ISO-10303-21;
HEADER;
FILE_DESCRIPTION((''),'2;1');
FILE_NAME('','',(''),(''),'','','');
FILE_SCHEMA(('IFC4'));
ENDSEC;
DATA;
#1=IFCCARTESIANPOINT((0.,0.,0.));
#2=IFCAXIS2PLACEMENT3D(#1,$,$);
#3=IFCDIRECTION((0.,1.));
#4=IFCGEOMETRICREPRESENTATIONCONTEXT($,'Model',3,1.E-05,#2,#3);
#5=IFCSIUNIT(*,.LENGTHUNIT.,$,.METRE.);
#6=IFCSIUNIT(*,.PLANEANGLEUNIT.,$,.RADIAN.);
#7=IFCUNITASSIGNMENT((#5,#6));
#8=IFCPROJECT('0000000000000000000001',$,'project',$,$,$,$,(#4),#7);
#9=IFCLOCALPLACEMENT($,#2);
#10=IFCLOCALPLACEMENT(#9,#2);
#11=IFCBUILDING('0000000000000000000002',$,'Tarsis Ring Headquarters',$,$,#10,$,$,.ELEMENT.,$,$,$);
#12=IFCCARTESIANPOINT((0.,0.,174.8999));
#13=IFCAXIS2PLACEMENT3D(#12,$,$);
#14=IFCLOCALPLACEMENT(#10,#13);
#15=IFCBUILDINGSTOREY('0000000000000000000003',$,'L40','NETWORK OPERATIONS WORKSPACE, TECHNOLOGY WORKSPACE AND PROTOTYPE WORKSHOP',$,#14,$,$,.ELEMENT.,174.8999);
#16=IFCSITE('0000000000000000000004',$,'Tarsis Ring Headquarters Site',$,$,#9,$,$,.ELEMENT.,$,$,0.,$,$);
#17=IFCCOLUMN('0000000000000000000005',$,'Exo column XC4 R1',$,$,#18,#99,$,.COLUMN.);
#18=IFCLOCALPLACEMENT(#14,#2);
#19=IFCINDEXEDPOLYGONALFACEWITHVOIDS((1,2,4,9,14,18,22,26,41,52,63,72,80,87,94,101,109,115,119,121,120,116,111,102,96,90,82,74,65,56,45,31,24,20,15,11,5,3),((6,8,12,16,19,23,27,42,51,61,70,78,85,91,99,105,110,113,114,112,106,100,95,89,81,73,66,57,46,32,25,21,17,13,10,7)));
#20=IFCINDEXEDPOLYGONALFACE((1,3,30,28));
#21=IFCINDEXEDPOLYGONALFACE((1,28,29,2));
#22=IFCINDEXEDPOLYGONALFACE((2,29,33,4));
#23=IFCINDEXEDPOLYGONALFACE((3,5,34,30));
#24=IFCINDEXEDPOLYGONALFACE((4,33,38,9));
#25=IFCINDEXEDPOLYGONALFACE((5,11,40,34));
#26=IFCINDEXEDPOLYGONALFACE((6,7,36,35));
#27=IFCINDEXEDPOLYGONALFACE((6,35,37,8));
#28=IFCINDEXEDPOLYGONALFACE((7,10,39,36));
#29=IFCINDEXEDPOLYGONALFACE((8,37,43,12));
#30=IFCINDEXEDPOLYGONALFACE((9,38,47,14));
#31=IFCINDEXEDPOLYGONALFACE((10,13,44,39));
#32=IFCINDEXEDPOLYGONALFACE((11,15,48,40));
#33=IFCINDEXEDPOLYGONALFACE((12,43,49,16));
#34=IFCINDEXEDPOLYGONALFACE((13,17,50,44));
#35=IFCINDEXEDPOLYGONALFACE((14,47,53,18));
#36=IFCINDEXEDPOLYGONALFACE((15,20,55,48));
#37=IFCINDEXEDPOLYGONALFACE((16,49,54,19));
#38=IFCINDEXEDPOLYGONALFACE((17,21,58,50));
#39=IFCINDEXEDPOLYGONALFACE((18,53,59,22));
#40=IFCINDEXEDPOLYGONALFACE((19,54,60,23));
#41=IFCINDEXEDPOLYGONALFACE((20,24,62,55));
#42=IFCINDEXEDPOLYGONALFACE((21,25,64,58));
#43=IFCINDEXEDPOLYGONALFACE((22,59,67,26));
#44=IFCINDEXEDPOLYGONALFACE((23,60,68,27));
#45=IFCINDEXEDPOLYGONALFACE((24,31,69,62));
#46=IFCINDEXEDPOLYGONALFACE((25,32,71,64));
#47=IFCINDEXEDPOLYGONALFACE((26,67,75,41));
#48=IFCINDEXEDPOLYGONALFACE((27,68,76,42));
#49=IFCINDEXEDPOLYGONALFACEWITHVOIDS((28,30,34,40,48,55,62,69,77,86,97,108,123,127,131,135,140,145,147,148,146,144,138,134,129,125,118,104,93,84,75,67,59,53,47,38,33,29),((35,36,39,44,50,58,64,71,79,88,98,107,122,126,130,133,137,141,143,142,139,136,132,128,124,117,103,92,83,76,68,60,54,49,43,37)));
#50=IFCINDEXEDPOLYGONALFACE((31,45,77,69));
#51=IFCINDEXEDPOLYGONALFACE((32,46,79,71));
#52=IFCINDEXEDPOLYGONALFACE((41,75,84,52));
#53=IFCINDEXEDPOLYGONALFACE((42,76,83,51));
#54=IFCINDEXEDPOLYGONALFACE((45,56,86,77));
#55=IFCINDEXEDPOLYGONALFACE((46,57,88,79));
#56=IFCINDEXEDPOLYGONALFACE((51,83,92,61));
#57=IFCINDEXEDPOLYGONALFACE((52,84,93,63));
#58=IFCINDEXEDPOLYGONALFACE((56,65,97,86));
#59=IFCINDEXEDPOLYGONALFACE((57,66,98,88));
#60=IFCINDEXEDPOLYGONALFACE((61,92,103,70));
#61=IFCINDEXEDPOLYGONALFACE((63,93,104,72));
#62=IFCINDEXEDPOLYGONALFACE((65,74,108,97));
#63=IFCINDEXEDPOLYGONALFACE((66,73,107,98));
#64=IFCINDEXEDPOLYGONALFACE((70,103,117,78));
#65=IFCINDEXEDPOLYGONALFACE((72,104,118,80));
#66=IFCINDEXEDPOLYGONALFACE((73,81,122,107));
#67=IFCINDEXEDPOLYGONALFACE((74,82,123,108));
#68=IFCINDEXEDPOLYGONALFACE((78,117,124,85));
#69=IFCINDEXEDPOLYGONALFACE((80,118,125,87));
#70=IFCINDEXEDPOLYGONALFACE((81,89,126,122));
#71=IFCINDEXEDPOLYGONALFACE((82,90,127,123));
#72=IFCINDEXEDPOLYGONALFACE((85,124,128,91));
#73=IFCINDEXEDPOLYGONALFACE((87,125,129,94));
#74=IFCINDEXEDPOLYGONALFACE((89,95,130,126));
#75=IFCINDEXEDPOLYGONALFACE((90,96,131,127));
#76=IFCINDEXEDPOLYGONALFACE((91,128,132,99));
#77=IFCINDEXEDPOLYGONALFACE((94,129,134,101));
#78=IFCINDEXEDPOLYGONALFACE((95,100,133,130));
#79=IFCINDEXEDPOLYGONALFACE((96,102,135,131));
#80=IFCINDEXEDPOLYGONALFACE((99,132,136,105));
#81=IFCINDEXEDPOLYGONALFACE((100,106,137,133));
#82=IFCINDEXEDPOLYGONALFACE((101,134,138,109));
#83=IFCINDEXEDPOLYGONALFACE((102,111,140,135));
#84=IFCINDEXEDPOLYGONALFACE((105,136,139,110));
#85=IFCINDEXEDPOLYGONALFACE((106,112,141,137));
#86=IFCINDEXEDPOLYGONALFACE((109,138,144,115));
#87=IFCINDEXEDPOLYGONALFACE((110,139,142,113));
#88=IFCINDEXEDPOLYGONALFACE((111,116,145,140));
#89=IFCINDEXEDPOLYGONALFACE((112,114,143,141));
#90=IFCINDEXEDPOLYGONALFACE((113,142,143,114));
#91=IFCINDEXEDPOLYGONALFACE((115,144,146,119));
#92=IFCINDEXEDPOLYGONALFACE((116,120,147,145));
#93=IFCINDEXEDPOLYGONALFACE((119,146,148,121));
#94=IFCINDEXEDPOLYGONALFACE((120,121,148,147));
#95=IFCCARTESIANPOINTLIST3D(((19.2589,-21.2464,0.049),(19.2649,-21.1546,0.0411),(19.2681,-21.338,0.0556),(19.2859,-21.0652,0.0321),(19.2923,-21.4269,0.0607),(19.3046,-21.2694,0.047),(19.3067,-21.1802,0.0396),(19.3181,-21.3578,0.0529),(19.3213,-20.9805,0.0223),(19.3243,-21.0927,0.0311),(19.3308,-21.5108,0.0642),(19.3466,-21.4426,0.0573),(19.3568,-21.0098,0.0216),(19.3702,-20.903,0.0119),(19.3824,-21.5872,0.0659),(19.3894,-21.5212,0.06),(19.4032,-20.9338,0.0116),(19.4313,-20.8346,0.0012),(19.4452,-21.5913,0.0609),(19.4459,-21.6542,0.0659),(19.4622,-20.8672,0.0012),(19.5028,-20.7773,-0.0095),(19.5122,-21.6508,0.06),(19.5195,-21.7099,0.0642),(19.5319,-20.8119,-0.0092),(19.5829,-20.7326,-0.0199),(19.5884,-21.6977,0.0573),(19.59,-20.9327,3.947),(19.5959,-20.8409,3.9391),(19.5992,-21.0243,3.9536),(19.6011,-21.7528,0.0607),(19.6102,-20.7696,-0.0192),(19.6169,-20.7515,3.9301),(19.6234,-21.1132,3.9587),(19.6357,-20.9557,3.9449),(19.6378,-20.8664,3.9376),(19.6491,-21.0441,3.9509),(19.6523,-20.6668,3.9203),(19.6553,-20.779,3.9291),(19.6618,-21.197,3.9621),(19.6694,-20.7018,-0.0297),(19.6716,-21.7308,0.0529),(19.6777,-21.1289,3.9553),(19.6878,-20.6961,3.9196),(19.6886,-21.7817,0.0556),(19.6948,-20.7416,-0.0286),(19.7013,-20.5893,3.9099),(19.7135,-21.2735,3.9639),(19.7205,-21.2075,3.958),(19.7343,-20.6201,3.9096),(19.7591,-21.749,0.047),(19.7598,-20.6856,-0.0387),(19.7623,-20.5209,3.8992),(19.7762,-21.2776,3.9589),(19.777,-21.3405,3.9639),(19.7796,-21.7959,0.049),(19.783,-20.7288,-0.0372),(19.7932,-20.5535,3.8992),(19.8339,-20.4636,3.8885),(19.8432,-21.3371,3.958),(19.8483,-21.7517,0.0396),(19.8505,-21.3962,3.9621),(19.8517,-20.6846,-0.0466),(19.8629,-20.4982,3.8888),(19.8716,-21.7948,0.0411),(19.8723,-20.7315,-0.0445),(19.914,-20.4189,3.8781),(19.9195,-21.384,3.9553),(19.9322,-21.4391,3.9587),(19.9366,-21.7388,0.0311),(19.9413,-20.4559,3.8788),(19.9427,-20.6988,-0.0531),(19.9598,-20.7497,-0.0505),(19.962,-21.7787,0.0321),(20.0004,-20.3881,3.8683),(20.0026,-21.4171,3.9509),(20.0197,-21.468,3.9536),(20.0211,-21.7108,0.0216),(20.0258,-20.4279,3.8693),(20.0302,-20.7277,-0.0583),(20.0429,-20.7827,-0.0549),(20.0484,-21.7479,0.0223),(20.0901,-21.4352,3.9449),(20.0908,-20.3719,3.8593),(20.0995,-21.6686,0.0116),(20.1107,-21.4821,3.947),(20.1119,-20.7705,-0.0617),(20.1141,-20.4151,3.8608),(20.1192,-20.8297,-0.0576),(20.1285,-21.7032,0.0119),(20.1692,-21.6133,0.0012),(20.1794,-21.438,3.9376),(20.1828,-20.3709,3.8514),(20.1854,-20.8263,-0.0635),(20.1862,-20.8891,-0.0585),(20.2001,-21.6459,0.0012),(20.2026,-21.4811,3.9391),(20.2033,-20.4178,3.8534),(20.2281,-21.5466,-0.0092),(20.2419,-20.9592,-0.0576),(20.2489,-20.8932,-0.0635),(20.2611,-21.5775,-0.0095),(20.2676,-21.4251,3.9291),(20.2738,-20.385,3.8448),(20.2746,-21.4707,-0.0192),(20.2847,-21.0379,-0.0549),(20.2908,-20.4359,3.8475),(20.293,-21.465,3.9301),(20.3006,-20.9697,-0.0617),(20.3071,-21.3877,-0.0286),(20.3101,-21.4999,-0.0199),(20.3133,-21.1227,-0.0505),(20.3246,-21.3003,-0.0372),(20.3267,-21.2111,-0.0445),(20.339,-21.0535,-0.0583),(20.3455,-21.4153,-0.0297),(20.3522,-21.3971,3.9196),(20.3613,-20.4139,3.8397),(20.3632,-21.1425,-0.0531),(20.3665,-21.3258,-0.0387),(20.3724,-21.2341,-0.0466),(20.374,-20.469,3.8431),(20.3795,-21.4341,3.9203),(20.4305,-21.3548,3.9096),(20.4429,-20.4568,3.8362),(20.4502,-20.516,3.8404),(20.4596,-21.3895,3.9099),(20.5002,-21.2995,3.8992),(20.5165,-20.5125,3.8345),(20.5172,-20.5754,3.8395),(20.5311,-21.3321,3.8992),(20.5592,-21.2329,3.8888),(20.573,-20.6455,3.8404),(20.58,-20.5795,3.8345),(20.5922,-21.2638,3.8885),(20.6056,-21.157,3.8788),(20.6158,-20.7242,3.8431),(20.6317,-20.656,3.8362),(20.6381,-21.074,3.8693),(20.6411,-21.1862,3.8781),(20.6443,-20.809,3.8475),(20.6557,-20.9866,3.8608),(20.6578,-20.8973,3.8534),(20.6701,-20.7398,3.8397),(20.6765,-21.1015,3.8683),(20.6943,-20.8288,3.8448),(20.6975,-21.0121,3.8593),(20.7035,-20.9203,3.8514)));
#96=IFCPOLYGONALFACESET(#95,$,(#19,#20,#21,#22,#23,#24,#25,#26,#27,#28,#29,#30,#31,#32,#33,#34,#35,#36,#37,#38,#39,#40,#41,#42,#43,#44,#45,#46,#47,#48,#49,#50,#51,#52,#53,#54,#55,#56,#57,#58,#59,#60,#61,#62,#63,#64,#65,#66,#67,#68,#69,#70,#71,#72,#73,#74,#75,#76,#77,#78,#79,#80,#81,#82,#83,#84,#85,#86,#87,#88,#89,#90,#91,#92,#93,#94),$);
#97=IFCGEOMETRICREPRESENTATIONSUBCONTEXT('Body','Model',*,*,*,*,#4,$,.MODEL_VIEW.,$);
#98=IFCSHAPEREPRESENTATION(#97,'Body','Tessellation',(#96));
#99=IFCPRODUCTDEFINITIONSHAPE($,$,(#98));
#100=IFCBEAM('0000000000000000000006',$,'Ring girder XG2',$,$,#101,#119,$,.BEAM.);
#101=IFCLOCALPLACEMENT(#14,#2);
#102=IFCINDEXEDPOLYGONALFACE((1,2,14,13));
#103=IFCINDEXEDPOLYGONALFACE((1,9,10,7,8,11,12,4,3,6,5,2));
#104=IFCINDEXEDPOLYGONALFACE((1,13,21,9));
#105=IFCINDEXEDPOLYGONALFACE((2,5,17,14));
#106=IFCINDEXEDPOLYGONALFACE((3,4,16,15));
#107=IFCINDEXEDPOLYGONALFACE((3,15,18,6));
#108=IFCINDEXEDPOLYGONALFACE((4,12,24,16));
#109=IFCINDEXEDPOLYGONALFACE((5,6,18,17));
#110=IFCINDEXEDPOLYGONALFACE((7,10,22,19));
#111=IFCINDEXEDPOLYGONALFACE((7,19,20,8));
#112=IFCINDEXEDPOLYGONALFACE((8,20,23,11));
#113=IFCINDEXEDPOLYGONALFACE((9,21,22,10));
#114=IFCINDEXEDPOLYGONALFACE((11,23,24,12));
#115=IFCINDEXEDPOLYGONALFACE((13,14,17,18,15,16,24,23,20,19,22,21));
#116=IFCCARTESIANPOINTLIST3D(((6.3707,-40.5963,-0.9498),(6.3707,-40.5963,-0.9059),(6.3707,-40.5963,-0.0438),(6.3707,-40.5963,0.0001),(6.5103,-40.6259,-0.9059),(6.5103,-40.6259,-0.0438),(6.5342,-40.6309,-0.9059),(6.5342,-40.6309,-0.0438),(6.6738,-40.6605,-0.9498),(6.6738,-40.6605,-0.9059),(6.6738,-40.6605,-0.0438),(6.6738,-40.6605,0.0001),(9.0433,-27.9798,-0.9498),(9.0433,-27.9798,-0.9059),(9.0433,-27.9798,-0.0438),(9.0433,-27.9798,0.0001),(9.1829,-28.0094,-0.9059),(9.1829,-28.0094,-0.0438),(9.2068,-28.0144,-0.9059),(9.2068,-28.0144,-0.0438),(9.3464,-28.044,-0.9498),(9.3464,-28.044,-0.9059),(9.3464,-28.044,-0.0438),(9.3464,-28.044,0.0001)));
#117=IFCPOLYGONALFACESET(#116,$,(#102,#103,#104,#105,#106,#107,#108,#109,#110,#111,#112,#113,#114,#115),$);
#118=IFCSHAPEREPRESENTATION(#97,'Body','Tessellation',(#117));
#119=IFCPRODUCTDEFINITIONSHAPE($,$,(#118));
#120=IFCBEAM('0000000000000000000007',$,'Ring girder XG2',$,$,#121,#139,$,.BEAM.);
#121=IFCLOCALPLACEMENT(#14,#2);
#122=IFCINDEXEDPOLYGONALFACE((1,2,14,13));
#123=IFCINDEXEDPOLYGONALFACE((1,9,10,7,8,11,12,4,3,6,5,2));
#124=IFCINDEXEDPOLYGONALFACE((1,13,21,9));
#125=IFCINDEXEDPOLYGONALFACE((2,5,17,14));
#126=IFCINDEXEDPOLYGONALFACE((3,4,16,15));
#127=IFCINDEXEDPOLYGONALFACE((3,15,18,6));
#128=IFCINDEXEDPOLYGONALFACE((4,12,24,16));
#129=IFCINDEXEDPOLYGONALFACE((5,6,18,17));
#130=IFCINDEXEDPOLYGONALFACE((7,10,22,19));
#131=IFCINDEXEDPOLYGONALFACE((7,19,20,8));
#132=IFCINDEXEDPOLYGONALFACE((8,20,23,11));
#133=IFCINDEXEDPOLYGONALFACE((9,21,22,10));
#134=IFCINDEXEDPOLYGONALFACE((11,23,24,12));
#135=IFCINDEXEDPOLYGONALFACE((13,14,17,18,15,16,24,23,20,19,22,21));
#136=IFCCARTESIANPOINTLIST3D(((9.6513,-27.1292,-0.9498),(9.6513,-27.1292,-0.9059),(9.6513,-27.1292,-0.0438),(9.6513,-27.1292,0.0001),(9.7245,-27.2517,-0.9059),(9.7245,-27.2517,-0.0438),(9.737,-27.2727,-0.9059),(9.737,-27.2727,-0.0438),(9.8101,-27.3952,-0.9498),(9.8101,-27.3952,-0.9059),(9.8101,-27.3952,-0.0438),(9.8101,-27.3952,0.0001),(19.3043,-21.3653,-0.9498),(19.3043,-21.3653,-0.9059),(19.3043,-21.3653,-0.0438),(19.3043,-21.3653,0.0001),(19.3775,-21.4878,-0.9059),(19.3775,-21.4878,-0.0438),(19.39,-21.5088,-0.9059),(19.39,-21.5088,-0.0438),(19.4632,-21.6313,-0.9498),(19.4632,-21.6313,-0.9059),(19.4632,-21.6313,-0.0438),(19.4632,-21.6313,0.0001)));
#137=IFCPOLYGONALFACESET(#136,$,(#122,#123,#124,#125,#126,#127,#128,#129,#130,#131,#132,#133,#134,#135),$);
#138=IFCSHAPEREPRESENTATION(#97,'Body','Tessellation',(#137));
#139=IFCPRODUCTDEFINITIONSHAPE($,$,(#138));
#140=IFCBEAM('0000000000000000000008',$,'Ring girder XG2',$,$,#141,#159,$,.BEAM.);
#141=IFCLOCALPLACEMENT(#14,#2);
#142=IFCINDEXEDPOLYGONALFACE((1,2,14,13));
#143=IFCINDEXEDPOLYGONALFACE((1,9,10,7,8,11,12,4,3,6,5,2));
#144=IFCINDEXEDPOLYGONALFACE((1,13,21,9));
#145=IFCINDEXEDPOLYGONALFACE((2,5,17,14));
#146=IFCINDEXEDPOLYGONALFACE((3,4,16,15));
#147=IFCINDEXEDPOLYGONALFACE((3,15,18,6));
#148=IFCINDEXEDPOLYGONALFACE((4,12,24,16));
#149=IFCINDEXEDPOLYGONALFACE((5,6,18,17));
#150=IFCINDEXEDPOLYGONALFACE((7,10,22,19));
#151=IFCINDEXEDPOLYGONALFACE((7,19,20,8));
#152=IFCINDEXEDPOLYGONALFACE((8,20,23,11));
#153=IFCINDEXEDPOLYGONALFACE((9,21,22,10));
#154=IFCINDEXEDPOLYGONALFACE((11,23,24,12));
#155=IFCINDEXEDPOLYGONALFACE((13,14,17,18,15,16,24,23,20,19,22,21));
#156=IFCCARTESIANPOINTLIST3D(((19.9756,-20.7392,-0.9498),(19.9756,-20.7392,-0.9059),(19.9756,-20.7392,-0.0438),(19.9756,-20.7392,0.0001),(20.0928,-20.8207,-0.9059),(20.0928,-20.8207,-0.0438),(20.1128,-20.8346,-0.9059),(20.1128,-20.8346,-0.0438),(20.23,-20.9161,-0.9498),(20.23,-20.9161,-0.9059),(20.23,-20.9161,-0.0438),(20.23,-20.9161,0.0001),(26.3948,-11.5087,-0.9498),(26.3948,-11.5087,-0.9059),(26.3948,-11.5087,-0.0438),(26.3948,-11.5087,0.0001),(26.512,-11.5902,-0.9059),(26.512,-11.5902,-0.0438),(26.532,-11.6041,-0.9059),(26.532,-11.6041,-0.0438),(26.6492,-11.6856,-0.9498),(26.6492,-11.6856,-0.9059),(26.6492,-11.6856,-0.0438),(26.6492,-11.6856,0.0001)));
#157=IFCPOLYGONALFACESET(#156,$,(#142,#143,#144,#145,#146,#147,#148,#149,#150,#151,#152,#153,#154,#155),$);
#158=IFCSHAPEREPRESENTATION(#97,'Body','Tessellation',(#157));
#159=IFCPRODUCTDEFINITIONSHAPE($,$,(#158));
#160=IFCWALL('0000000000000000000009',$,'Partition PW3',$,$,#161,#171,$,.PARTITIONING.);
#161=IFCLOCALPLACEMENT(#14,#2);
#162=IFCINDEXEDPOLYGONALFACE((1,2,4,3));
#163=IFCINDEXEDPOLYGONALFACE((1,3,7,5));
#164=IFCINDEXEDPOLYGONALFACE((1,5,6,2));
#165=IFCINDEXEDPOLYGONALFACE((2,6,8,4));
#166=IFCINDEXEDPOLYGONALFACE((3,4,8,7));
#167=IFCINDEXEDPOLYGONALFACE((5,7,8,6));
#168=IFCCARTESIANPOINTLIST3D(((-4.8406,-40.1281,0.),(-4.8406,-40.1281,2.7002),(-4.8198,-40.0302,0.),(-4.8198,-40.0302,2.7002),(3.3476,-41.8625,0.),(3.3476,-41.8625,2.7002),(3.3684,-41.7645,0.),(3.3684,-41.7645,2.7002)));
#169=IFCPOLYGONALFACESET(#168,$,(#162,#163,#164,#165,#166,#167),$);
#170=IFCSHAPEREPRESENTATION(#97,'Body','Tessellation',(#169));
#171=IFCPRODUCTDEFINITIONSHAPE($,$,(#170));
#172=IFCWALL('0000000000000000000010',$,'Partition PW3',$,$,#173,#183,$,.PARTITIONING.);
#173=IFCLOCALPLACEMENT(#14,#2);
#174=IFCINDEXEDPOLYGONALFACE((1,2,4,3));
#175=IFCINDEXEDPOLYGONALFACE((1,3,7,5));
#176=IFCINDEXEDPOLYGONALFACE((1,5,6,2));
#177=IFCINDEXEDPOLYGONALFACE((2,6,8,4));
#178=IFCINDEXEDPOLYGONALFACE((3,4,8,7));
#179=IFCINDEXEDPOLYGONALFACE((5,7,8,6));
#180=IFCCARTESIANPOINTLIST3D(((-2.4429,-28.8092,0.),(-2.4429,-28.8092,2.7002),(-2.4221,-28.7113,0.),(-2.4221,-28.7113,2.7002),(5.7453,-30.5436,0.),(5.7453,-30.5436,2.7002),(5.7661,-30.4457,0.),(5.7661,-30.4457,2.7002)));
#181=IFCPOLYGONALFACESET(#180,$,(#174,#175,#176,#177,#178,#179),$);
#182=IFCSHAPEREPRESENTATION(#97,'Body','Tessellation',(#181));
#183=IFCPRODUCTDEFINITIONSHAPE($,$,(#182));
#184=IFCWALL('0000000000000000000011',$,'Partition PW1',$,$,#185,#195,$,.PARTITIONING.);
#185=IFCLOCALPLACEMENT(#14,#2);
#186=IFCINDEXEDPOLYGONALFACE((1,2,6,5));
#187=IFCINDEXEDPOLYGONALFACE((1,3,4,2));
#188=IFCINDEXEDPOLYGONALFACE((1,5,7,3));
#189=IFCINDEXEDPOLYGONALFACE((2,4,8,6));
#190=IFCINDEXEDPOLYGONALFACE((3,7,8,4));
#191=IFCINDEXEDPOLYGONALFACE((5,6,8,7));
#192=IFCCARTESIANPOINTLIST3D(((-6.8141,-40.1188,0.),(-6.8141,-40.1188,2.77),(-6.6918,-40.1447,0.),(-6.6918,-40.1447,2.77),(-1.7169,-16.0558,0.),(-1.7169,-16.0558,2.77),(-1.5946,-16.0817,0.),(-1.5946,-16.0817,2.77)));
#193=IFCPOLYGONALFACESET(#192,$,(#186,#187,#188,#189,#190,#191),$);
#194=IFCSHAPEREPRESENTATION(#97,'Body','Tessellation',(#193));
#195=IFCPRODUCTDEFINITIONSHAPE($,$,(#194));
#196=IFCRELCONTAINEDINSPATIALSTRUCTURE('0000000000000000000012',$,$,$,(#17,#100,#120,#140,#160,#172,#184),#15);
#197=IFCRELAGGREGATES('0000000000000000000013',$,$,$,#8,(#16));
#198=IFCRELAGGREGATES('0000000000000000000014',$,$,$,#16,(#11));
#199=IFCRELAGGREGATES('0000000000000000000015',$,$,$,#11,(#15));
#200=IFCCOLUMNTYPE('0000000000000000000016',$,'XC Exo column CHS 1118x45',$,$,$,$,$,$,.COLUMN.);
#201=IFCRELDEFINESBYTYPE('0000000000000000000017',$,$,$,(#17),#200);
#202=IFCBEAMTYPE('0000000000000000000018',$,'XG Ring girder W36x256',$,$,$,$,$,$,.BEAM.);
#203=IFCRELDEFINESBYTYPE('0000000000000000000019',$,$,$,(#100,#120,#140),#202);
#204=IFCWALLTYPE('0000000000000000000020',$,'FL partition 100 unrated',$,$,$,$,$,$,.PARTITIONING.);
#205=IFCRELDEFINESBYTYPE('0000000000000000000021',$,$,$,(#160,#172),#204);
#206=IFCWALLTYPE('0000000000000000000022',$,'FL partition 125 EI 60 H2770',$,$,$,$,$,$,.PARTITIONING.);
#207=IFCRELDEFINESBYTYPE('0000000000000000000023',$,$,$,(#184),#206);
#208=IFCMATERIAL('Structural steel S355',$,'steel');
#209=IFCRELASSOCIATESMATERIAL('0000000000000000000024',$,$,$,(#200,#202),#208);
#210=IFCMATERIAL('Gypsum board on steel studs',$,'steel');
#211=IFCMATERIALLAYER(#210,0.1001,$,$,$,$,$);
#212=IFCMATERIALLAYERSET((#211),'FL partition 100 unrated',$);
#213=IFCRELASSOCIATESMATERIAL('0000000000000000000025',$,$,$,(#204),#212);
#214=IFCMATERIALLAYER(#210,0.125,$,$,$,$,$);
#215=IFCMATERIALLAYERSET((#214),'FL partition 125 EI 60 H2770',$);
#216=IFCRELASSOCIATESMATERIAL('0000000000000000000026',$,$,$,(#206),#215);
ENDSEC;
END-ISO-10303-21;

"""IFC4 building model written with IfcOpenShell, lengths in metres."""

from ifc_helpers import new_model, si_unit, direction, frame, frame_2d, origin, origin_2d, place, context, subcontext, project, spatial, rectangle, hollow_circle, i_section, extrude, material, layer, layer_set, material_profile, profile_set, type_object, element, save


model = new_model("IFC4")

# Units and contexts
model_context = context("Model", 3, precision=1e-05, world=origin(), true_north=direction((0.0, 1.0)))
body_context = subcontext(model_context, "Body", "Model", "MODEL_VIEW")
ifc_project = project(units=[si_unit("LENGTHUNIT", "METRE"), si_unit("PLANEANGLEUNIT", "RADIAN")], contexts=[model_context])

# Site, building, storey
site_placement = place(None, origin())
site = spatial("IfcSite", under=ifc_project, at=site_placement, Name="Tarsis Ring Headquarters Site", CompositionType="ELEMENT", RefElevation=0.0)
building_placement = place(site_placement, origin())
building = spatial("IfcBuilding", under=site, at=building_placement, Name="Tarsis Ring Headquarters", CompositionType="ELEMENT")
storey_placement = place(building_placement, frame((0.0, 0.0, 174.8999)))
storey = spatial("IfcBuildingStorey", under=building, at=storey_placement, Name="L40", Description="NETWORK OPERATIONS WORKSPACE, TECHNOLOGY WORKSPACE AND PROTOTYPE WORKSHOP", CompositionType="ELEMENT", Elevation=174.8999)

# Column
ifc_material_1 = material(Name="Structural steel S355", Category="steel")
ifc_material_profile_1 = material_profile(ifc_material_1, hollow_circle(Radius=0.5588, WallThickness=0.0449, at=origin_2d()), Name="CHS 1118x45")
ifc_profile_set_1 = profile_set([ifc_material_profile_1], Name="Structural steel S355")
column_type = type_object("IfcColumnType", Name="XC Exo column CHS 1118x45", PredefinedType="COLUMN", material=ifc_profile_set_1)
for number, where, z_axis, x_axis, name in (
    (1, (19.8157, -21.2402, 0.0012), (0.084355, 0.079938, 0.993224), (-0.687849, 0.725854, 0.0), "Exo column XC4 R1"),
):
    element("IfcColumn", number, at=place(storey_placement, frame(where, z_axis=z_axis, x_axis=x_axis)), inside=storey, type_object=column_type, Name=name, PredefinedType="COLUMN", context=body_context, shape_type="SweptSolid", body=[
        extrude(hollow_circle(Radius=0.5588, WallThickness=0.0449, at=origin_2d()), origin(), (0.0, 0.0, 1.0), 3.9246),
    ])

# Beams
ifc_material_profile_2 = material_profile(ifc_material_1, i_section(OverallWidth=0.3098, OverallDepth=0.95, WebThickness=0.0244, FlangeThickness=0.0439, at=origin_2d()), Name="W36x256")
ifc_profile_set_2 = profile_set([ifc_material_profile_2], Name="Structural steel S355")
beam_type = type_object("IfcBeamType", Name="XG Ring girder W36x256", PredefinedType="BEAM", material=ifc_profile_set_2)
beam_1_placement = place(storey_placement, frame((6.5222, -40.6284, -0.4749), z_axis=(0.207236, 0.978291, 0.0), x_axis=(-0.978291, 0.207236, 0.0)))
element("IfcBeam", 2, at=beam_1_placement, inside=storey, type_object=beam_type, Name="Ring girder XG2", PredefinedType="BEAM", context=body_context, shape_type="SweptSolid", body=[
    extrude(i_section(OverallWidth=0.3098, OverallDepth=0.95, WebThickness=0.0244, FlangeThickness=0.0439, at=origin_2d()), origin(), (0.0, 0.0, 1.0), 12.8965),
])
beam_2_placement = place(storey_placement, frame((9.7307, -27.2622, -0.4749), z_axis=(0.858587, 0.512668, 0.0), x_axis=(-0.512668, 0.858587, 0.0)))
element("IfcBeam", 3, at=beam_2_placement, inside=storey, type_object=beam_type, Name="Ring girder XG2", PredefinedType="BEAM", context=body_context, shape_type="SweptSolid", body=[
    extrude(i_section(OverallWidth=0.3098, OverallDepth=0.95, WebThickness=0.0244, FlangeThickness=0.0439, at=origin_2d()), origin(), (0.0, 0.0, 1.0), 11.2429),
])
beam_3_placement = place(storey_placement, frame((20.1028, -20.8276, -0.4749), z_axis=(0.570944, 0.820989, 0.0), x_axis=(-0.820989, 0.570944, 0.0)))
element("IfcBeam", 4, at=beam_3_placement, inside=storey, type_object=beam_type, Name="Ring girder XG2", PredefinedType="BEAM", context=body_context, shape_type="SweptSolid", body=[
    extrude(i_section(OverallWidth=0.3098, OverallDepth=0.95, WebThickness=0.0244, FlangeThickness=0.0439, at=origin_2d()), origin(), (0.0, 0.0, 1.0), 11.2432),
])

# Walls
ifc_material_2 = material(Name="Gypsum board on steel studs", Category="steel")
ifc_layer_1 = layer(ifc_material_2, 0.1001)
ifc_layer_set_1 = layer_set([ifc_layer_1], Name="FL partition 100 unrated")
wall_type_1 = type_object("IfcWallType", Name="FL partition 100 unrated", PredefinedType="PARTITIONING", material=ifc_layer_set_1)
for number, where, z_axis, x_axis, name in (
    (5, (-4.8303, -40.0791, 0.0), (0.0, 0.0, 1.0), (0.978295, -0.207216, 0.0), "Partition PW3"),
    (6, (-2.4326, -28.7603, 0.0), (0.0, 0.0, 1.0), (0.978295, -0.207216, 0.0), "Partition PW3"),
):
    element("IfcWall", number, at=place(storey_placement, frame(where, z_axis=z_axis, x_axis=x_axis)), inside=storey, type_object=wall_type_1, Name=name, PredefinedType="PARTITIONING", context=body_context, shape_type="SweptSolid", body=[
        extrude(rectangle(XDim=8.3699, YDim=0.1001, at=frame_2d((4.1851, 0.0))), origin(), (0.0, 0.0, 1.0), 2.7002),
    ])
ifc_layer_2 = layer(ifc_material_2, 0.125)
ifc_layer_set_2 = layer_set([ifc_layer_2], Name="FL partition 125 EI 60 H2770")
wall_type_2 = type_object("IfcWallType", Name="FL partition 125 EI 60 H2770", PredefinedType="PARTITIONING", material=ifc_layer_set_2)
wall_1_placement = place(storey_placement, frame((-6.7529, -40.1316, 0.0), z_axis=(0.0, 0.0, 1.0), x_axis=(0.207228, 0.978293, 0.0)))
element("IfcWall", 7, at=wall_1_placement, inside=storey, type_object=wall_type_2, Name="Partition PW1", PredefinedType="PARTITIONING", context=body_context, shape_type="SweptSolid", body=[
    extrude(rectangle(XDim=24.5969, YDim=0.125, at=frame_2d((12.2983, 0.0))), origin(), (0.0, 0.0, 1.0), 2.77),
])

save(model, "model.ifc")
